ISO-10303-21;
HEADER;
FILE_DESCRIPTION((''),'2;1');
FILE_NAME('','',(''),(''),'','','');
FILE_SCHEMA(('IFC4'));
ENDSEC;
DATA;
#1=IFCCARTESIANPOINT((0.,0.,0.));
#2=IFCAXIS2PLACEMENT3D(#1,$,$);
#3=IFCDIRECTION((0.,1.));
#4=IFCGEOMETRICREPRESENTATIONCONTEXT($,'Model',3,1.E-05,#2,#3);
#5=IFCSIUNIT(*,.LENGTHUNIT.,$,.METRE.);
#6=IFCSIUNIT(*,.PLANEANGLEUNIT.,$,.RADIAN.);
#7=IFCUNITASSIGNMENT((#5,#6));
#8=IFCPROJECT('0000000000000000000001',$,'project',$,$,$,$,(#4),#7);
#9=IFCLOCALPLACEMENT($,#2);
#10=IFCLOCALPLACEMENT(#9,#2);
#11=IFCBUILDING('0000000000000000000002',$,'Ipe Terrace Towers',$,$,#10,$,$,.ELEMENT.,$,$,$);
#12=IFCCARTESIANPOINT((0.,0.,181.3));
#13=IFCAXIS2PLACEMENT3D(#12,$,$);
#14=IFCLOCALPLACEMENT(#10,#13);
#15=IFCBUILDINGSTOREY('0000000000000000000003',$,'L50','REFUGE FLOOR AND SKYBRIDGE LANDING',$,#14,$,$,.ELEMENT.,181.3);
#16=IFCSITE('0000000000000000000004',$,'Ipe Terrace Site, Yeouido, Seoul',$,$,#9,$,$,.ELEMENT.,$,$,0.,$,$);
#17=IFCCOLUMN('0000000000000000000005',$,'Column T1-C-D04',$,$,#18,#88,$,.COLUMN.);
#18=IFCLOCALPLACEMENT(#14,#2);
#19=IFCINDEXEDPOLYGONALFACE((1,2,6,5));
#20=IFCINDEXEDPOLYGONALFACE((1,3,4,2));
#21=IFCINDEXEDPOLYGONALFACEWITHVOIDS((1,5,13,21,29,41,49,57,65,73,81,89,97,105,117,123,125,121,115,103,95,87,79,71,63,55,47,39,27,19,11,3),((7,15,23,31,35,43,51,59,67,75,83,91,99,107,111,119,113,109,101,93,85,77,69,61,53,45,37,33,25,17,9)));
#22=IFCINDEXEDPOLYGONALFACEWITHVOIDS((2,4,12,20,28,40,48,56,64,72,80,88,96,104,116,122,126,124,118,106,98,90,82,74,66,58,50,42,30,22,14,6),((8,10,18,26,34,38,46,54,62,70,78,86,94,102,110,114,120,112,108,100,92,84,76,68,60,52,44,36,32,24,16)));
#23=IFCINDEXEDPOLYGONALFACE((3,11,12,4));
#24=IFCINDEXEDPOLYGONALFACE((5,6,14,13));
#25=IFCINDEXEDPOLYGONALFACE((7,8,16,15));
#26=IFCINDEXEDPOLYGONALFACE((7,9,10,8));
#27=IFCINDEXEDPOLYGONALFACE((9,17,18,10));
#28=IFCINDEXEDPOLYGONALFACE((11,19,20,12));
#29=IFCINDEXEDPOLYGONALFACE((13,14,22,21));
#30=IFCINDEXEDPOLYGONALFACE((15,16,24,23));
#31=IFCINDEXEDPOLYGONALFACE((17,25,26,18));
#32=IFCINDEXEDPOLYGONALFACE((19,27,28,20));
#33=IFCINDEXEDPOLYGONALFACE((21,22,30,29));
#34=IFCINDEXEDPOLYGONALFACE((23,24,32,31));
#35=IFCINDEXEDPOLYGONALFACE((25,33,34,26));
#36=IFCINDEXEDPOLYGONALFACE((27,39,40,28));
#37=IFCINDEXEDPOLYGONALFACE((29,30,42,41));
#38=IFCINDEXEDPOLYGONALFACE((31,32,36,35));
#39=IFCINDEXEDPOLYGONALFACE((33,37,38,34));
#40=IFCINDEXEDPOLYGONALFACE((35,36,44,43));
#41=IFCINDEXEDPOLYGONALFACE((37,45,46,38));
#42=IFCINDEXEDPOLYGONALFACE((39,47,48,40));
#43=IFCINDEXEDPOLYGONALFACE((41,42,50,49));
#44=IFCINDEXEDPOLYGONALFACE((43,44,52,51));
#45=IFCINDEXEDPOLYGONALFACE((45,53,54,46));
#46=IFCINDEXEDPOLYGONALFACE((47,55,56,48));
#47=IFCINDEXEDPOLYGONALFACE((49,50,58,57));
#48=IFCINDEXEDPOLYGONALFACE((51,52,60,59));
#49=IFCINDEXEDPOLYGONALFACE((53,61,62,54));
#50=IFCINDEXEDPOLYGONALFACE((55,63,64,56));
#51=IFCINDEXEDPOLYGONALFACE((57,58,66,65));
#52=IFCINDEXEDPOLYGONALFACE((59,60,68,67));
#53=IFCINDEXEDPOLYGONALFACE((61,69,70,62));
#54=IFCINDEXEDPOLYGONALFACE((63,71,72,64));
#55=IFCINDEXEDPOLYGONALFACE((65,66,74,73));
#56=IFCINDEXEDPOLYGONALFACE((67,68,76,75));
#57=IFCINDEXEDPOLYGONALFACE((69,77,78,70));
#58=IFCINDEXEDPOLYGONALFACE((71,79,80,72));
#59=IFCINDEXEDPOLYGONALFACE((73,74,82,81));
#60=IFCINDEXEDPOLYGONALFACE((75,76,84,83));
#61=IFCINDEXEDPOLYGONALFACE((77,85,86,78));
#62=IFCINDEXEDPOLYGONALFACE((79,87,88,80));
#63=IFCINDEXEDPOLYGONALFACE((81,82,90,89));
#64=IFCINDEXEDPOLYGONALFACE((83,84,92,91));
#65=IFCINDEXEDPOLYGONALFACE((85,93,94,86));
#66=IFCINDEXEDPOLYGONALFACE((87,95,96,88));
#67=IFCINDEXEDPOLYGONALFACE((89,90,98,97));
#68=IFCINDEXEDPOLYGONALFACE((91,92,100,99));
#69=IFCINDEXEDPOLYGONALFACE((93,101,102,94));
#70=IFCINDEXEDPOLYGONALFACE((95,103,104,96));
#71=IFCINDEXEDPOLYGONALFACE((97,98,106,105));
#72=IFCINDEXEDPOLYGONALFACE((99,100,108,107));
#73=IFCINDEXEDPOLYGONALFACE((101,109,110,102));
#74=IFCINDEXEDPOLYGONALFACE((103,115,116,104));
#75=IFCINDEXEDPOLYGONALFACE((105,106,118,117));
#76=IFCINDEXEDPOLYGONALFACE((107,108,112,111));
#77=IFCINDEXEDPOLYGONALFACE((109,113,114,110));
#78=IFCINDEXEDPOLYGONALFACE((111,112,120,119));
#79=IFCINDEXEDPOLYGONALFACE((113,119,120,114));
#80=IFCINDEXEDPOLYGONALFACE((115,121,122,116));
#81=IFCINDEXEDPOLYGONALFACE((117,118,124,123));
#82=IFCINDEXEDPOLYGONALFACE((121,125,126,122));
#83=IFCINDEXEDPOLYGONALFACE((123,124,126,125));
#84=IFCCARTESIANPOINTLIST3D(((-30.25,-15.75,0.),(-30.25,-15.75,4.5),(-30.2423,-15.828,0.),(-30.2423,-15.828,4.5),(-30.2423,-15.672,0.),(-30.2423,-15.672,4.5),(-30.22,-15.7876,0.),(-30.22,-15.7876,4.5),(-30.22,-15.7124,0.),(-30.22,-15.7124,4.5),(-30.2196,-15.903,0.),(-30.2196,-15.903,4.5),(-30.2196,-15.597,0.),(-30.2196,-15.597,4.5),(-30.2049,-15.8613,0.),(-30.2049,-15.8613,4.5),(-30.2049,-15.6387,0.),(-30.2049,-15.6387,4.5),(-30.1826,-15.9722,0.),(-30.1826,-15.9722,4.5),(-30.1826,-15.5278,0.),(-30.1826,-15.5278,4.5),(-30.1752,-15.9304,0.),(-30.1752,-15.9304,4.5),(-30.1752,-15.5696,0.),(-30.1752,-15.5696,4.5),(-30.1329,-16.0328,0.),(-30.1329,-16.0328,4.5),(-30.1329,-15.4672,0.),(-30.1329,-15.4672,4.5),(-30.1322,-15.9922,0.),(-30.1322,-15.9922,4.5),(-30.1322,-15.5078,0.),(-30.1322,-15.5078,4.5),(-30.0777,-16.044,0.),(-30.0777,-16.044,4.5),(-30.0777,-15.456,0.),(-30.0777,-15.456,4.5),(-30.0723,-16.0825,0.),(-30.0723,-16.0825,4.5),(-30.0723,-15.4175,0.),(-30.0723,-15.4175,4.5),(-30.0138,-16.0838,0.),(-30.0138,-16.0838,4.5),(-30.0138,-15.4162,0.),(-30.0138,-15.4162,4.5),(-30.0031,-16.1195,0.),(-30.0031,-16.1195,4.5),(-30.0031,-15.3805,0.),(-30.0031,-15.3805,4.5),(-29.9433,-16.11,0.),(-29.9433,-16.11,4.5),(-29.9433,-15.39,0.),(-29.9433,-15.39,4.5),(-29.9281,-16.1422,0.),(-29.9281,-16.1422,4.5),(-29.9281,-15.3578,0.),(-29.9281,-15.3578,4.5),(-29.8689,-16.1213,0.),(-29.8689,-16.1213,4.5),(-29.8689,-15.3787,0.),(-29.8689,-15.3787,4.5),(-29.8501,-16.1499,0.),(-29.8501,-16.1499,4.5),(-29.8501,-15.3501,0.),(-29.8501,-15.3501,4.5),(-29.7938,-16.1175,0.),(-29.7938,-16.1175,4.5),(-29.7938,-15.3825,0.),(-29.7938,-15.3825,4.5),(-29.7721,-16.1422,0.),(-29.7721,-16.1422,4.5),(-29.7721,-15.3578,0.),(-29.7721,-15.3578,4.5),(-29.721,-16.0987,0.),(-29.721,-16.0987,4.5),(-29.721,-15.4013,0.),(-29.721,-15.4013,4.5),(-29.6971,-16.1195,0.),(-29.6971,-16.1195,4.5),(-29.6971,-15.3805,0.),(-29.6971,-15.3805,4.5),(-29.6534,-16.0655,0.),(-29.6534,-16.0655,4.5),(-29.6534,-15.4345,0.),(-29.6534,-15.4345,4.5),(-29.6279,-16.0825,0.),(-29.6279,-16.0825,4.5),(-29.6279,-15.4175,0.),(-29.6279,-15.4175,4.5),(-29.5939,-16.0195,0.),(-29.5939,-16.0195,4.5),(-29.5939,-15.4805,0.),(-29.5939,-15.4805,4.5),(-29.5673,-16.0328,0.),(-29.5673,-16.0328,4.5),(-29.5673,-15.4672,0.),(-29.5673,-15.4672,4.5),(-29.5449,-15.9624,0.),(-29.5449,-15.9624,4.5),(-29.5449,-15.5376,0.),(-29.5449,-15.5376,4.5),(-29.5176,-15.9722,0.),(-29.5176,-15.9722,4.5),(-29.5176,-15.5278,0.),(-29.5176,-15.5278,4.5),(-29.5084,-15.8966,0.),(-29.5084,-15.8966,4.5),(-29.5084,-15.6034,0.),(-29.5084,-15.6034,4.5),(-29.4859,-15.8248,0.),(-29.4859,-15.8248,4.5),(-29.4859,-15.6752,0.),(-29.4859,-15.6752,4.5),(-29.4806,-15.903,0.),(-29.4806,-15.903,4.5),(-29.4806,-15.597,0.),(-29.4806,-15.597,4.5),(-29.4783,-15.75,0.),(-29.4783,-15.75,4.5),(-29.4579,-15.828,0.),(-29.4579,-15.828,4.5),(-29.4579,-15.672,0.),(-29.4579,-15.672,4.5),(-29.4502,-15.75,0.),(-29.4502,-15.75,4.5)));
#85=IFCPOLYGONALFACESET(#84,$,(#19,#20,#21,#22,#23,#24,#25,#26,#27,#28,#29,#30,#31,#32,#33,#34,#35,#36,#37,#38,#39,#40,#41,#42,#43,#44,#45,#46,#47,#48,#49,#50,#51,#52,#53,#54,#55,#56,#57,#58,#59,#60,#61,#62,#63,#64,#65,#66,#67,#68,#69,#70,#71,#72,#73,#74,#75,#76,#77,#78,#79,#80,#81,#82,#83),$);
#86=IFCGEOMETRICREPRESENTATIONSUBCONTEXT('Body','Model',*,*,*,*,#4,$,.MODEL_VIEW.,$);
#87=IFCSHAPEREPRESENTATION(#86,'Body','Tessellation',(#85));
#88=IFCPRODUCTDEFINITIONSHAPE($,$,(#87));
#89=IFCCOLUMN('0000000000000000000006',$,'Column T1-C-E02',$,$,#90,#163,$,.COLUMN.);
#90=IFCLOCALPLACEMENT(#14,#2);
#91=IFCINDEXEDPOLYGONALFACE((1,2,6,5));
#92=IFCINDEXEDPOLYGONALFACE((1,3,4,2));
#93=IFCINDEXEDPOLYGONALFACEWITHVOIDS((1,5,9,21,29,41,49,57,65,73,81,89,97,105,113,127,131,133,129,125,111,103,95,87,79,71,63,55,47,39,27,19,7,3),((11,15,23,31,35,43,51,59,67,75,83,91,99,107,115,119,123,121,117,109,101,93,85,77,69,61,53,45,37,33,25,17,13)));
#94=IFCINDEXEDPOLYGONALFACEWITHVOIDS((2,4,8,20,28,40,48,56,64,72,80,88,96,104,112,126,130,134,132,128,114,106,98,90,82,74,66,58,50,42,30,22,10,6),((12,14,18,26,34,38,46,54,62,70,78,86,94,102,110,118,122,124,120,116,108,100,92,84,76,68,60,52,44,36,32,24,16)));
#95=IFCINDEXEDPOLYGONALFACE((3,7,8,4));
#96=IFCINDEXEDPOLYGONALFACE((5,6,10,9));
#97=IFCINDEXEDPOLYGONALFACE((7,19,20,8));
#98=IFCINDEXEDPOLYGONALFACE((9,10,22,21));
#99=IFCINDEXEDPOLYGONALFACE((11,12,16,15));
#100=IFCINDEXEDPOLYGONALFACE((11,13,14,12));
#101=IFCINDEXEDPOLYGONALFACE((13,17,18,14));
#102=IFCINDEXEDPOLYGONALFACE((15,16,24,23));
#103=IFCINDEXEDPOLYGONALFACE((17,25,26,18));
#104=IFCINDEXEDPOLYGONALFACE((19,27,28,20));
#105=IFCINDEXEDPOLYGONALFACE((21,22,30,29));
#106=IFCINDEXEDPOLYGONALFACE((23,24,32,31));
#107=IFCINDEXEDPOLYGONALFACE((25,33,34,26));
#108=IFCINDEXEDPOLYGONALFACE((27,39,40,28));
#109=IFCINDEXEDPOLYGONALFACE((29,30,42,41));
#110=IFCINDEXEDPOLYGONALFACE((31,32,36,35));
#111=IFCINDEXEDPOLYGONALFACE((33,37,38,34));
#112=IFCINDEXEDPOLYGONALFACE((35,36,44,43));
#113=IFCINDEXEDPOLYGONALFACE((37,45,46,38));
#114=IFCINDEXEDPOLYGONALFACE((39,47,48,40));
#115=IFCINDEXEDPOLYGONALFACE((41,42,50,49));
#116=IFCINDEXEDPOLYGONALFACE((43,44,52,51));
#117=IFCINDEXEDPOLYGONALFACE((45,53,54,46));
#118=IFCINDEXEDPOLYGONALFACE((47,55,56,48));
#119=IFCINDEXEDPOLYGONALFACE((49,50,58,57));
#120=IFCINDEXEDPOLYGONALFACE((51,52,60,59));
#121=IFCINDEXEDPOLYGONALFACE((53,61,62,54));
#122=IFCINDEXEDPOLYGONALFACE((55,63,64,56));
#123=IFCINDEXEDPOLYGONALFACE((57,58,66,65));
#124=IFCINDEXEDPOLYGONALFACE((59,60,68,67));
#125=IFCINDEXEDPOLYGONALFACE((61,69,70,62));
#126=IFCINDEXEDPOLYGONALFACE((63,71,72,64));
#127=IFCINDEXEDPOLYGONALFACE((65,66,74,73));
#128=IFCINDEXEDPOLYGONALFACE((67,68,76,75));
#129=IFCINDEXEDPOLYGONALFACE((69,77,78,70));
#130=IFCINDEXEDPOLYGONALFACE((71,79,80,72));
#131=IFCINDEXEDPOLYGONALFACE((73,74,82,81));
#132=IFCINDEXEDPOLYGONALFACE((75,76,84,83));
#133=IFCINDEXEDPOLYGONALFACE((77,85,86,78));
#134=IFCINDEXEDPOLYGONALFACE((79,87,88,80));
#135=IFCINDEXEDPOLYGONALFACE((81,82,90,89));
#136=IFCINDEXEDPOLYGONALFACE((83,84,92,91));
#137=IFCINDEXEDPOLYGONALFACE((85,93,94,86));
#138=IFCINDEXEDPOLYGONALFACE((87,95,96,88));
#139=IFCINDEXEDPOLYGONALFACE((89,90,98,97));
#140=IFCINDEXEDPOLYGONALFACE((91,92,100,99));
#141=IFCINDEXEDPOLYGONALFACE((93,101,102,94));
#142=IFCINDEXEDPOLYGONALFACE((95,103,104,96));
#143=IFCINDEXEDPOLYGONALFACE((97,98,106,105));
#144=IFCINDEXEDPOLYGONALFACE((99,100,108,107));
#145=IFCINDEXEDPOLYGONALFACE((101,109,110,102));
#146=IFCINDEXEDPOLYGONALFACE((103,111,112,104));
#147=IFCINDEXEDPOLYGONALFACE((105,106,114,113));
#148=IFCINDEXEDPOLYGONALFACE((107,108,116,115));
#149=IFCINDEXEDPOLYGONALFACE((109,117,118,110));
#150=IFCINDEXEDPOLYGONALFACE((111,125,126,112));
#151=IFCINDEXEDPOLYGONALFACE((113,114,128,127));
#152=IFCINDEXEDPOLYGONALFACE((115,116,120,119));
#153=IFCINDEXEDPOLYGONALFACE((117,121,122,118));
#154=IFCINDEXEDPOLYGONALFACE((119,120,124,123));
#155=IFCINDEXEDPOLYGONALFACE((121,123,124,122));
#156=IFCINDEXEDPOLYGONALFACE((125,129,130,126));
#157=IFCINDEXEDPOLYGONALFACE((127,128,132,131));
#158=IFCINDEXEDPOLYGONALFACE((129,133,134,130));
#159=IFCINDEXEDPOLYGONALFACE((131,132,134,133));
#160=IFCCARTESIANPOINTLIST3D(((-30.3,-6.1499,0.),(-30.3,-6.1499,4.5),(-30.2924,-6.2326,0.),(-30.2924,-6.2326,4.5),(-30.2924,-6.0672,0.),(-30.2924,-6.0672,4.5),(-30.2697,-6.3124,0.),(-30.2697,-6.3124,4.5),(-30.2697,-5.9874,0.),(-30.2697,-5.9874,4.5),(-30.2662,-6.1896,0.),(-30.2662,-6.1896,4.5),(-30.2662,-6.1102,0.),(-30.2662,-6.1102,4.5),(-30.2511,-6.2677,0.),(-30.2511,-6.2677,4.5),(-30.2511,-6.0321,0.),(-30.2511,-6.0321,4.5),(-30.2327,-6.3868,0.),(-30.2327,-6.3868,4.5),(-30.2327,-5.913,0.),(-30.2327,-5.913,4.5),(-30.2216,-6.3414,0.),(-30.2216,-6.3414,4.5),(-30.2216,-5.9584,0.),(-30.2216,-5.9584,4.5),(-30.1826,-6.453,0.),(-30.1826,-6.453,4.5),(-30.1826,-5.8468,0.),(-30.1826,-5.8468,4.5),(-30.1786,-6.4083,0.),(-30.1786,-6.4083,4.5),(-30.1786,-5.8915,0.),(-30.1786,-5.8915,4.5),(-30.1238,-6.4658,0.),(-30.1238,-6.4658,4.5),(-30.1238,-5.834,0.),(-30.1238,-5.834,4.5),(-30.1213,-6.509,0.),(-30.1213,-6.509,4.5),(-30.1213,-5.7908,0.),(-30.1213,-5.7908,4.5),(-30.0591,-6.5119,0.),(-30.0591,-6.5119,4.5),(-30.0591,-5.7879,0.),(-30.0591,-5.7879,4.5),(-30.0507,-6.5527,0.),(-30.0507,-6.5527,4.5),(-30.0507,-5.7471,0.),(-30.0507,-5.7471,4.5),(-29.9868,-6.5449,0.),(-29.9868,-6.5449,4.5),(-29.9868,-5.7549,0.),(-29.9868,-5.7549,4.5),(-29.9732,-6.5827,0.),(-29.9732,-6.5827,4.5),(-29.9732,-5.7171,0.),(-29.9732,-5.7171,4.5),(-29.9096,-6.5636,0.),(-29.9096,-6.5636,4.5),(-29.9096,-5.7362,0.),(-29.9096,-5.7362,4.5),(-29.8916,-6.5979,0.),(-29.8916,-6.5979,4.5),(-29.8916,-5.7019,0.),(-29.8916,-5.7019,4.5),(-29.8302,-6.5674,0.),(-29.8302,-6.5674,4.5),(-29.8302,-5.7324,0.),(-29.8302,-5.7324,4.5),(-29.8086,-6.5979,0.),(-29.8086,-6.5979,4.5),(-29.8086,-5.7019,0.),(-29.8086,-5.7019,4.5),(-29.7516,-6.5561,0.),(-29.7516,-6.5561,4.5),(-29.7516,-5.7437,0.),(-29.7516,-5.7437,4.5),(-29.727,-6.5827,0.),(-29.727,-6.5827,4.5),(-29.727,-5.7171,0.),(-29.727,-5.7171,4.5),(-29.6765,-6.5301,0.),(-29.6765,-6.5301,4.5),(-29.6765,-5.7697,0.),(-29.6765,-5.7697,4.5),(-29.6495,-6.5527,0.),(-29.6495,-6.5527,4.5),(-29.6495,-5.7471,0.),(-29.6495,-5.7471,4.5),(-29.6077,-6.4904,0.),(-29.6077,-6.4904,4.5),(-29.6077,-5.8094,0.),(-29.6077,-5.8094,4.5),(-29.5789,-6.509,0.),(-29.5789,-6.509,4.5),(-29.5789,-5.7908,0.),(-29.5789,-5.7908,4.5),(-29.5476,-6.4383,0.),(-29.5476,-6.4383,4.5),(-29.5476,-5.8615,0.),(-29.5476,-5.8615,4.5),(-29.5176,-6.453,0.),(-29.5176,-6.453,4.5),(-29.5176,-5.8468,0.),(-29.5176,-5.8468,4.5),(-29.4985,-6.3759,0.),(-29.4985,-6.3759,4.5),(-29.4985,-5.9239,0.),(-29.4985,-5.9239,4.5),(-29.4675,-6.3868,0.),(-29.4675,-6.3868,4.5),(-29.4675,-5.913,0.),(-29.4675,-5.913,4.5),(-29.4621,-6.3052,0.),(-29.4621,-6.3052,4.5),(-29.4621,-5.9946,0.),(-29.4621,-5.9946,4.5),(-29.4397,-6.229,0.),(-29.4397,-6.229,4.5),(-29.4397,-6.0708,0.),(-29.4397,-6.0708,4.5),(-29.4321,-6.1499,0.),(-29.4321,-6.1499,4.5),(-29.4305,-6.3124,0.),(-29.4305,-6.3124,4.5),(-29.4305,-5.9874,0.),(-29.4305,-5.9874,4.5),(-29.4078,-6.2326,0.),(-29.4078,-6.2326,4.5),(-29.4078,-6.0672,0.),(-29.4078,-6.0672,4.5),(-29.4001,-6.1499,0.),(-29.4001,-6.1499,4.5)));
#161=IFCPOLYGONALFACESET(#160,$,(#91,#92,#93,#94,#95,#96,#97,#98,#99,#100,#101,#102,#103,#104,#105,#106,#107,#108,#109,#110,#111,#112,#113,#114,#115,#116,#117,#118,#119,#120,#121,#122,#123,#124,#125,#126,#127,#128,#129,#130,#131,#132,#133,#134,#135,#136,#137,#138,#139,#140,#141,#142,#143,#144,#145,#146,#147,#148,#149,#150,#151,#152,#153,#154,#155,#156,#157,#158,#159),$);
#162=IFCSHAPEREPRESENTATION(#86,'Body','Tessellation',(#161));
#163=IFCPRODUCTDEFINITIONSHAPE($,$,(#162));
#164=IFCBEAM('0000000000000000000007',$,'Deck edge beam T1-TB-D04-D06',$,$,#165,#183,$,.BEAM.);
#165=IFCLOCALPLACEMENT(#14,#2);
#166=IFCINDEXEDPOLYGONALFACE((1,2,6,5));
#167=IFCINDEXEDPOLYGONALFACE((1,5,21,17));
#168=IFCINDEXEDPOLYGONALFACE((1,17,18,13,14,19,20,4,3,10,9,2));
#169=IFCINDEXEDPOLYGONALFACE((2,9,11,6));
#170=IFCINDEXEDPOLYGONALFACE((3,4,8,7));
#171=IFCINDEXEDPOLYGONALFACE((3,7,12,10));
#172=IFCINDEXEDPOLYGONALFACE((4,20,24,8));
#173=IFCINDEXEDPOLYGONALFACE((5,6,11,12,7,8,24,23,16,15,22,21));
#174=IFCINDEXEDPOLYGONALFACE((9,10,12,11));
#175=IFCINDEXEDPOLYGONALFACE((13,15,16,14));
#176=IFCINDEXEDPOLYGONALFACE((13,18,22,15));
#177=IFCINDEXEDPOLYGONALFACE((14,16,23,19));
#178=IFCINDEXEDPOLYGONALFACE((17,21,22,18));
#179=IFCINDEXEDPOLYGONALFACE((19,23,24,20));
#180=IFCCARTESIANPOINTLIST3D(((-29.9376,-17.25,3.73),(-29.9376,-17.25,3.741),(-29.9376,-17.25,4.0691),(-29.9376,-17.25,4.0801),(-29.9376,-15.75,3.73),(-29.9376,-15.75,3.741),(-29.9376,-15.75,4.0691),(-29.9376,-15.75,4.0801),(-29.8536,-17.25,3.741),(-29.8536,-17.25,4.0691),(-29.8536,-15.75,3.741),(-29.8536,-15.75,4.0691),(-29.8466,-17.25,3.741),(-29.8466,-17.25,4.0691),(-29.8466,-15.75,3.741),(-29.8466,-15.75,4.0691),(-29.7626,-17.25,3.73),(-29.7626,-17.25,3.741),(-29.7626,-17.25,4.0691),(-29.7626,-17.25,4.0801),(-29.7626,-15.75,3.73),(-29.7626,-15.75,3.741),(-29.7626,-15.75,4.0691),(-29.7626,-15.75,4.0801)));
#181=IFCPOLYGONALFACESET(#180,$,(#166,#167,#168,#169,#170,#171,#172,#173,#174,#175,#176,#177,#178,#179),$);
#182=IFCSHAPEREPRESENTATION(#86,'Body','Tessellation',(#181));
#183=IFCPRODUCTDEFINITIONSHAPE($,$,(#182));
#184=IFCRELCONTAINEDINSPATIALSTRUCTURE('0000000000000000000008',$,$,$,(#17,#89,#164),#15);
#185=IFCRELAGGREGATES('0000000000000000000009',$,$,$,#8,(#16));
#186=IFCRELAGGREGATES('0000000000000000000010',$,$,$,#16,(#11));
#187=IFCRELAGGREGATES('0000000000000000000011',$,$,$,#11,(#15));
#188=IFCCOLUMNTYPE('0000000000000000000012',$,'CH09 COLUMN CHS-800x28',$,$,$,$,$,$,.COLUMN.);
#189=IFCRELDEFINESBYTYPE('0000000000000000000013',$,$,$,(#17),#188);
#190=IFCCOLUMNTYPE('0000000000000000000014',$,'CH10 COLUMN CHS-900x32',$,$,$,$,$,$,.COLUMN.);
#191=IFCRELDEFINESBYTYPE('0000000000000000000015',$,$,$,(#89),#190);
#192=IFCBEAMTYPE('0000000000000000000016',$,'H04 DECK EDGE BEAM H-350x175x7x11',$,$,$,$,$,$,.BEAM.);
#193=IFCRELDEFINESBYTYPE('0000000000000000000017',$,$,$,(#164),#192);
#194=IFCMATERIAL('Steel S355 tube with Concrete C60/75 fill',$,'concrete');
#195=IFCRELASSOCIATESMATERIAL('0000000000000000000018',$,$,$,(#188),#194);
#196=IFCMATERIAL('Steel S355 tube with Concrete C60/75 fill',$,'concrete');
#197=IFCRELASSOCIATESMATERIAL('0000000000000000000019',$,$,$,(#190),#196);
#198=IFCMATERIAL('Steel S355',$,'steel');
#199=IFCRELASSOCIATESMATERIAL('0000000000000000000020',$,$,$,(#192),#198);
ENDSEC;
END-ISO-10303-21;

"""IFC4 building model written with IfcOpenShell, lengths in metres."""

from ifc_helpers import new_model, si_unit, direction, frame, origin, origin_2d, place, context, subcontext, project, spatial, hollow_circle, i_section, extrude, material, material_profile, profile_set, type_object, element, save


model = new_model("IFC4")

# Units and contexts
model_context = context("Model", 3, precision=1e-05, world=origin(), true_north=direction((0.0, 1.0)))
body_context = subcontext(model_context, "Body", "Model", "MODEL_VIEW")
ifc_project = project(units=[si_unit("LENGTHUNIT", "METRE"), si_unit("PLANEANGLEUNIT", "RADIAN")], contexts=[model_context])

# Site, building, storey
site_placement = place(None, origin())
site = spatial("IfcSite", under=ifc_project, at=site_placement, Name="Ipe Terrace Site, Yeouido, Seoul", CompositionType="ELEMENT", RefElevation=0.0)
building_placement = place(site_placement, origin())
building = spatial("IfcBuilding", under=site, at=building_placement, Name="Ipe Terrace Towers", CompositionType="ELEMENT")
storey_placement = place(building_placement, frame((0.0, 0.0, 181.3)))
storey = spatial("IfcBuildingStorey", under=building, at=storey_placement, Name="L50", Description="REFUGE FLOOR AND SKYBRIDGE LANDING", CompositionType="ELEMENT", Elevation=181.3)

# Columns
ifc_material_1 = material(Name="Steel S355 tube with Concrete C60/75 fill", Category="concrete")
ifc_material_profile_1 = material_profile(ifc_material_1, hollow_circle(Radius=0.3999, WallThickness=0.0281, at=origin_2d()), Name="CHS-800x28")
ifc_profile_set_1 = profile_set([ifc_material_profile_1], Name="Steel S355 tube with Concrete C60/75 fill")
column_type_1 = type_object("IfcColumnType", Name="CH09 COLUMN CHS-800x28", PredefinedType="COLUMN", material=ifc_profile_set_1)
column_1_placement = place(storey_placement, frame((-29.8501, -15.75, 0.0), z_axis=(0.0, 0.0, 1.0), x_axis=(1.0, 0.0, 0.0)))
element("IfcColumn", 1, at=column_1_placement, inside=storey, type_object=column_type_1, Name="Column T1-C-D04", PredefinedType="COLUMN", context=body_context, shape_type="SweptSolid", body=[
    extrude(hollow_circle(Radius=0.3999, WallThickness=0.0281, at=origin_2d()), origin(), (0.0, 0.0, 1.0), 4.5),
])
ifc_material_2 = material(Name="Steel S355 tube with Concrete C60/75 fill", Category="concrete")
ifc_material_profile_2 = material_profile(ifc_material_2, hollow_circle(Radius=0.45, WallThickness=0.032, at=origin_2d()), Name="CHS-900x32")
ifc_profile_set_2 = profile_set([ifc_material_profile_2], Name="Steel S355 tube with Concrete C60/75 fill")
column_type_2 = type_object("IfcColumnType", Name="CH10 COLUMN CHS-900x32", PredefinedType="COLUMN", material=ifc_profile_set_2)
column_2_placement = place(storey_placement, frame((-29.8501, -6.1499, 0.0), z_axis=(0.0, 0.0, 1.0), x_axis=(1.0, 0.0, 0.0)))
element("IfcColumn", 2, at=column_2_placement, inside=storey, type_object=column_type_2, Name="Column T1-C-E02", PredefinedType="COLUMN", context=body_context, shape_type="SweptSolid", body=[
    extrude(hollow_circle(Radius=0.45, WallThickness=0.032, at=origin_2d()), origin(), (0.0, 0.0, 1.0), 4.5),
])

# Beam
ifc_material_3 = material(Name="Steel S355", Category="steel")
ifc_material_profile_3 = material_profile(ifc_material_3, i_section(OverallWidth=0.175, OverallDepth=0.3501, WebThickness=0.0071, FlangeThickness=0.011, at=origin_2d()), Name="H-350x175x7x11")
ifc_profile_set_3 = profile_set([ifc_material_profile_3], Name="Steel S355")
beam_type_1 = type_object("IfcBeamType", Name="H04 DECK EDGE BEAM H-350x175x7x11", PredefinedType="BEAM", material=ifc_profile_set_3)
beam_1_placement = place(storey_placement, frame((-29.8501, -15.75, 3.905), z_axis=(0.0, -1.0, 0.0), x_axis=(1.0, 0.0, 0.0)))
element("IfcBeam", 3, at=beam_1_placement, inside=storey, type_object=beam_type_1, Name="Deck edge beam T1-TB-D04-D06", PredefinedType="BEAM", context=body_context, shape_type="SweptSolid", body=[
    extrude(i_section(OverallWidth=0.175, OverallDepth=0.3501, WebThickness=0.0071, FlangeThickness=0.011, at=origin_2d()), origin(), (0.0, 0.0, 1.0), 1.5),
])

save(model, "model.ifc")
